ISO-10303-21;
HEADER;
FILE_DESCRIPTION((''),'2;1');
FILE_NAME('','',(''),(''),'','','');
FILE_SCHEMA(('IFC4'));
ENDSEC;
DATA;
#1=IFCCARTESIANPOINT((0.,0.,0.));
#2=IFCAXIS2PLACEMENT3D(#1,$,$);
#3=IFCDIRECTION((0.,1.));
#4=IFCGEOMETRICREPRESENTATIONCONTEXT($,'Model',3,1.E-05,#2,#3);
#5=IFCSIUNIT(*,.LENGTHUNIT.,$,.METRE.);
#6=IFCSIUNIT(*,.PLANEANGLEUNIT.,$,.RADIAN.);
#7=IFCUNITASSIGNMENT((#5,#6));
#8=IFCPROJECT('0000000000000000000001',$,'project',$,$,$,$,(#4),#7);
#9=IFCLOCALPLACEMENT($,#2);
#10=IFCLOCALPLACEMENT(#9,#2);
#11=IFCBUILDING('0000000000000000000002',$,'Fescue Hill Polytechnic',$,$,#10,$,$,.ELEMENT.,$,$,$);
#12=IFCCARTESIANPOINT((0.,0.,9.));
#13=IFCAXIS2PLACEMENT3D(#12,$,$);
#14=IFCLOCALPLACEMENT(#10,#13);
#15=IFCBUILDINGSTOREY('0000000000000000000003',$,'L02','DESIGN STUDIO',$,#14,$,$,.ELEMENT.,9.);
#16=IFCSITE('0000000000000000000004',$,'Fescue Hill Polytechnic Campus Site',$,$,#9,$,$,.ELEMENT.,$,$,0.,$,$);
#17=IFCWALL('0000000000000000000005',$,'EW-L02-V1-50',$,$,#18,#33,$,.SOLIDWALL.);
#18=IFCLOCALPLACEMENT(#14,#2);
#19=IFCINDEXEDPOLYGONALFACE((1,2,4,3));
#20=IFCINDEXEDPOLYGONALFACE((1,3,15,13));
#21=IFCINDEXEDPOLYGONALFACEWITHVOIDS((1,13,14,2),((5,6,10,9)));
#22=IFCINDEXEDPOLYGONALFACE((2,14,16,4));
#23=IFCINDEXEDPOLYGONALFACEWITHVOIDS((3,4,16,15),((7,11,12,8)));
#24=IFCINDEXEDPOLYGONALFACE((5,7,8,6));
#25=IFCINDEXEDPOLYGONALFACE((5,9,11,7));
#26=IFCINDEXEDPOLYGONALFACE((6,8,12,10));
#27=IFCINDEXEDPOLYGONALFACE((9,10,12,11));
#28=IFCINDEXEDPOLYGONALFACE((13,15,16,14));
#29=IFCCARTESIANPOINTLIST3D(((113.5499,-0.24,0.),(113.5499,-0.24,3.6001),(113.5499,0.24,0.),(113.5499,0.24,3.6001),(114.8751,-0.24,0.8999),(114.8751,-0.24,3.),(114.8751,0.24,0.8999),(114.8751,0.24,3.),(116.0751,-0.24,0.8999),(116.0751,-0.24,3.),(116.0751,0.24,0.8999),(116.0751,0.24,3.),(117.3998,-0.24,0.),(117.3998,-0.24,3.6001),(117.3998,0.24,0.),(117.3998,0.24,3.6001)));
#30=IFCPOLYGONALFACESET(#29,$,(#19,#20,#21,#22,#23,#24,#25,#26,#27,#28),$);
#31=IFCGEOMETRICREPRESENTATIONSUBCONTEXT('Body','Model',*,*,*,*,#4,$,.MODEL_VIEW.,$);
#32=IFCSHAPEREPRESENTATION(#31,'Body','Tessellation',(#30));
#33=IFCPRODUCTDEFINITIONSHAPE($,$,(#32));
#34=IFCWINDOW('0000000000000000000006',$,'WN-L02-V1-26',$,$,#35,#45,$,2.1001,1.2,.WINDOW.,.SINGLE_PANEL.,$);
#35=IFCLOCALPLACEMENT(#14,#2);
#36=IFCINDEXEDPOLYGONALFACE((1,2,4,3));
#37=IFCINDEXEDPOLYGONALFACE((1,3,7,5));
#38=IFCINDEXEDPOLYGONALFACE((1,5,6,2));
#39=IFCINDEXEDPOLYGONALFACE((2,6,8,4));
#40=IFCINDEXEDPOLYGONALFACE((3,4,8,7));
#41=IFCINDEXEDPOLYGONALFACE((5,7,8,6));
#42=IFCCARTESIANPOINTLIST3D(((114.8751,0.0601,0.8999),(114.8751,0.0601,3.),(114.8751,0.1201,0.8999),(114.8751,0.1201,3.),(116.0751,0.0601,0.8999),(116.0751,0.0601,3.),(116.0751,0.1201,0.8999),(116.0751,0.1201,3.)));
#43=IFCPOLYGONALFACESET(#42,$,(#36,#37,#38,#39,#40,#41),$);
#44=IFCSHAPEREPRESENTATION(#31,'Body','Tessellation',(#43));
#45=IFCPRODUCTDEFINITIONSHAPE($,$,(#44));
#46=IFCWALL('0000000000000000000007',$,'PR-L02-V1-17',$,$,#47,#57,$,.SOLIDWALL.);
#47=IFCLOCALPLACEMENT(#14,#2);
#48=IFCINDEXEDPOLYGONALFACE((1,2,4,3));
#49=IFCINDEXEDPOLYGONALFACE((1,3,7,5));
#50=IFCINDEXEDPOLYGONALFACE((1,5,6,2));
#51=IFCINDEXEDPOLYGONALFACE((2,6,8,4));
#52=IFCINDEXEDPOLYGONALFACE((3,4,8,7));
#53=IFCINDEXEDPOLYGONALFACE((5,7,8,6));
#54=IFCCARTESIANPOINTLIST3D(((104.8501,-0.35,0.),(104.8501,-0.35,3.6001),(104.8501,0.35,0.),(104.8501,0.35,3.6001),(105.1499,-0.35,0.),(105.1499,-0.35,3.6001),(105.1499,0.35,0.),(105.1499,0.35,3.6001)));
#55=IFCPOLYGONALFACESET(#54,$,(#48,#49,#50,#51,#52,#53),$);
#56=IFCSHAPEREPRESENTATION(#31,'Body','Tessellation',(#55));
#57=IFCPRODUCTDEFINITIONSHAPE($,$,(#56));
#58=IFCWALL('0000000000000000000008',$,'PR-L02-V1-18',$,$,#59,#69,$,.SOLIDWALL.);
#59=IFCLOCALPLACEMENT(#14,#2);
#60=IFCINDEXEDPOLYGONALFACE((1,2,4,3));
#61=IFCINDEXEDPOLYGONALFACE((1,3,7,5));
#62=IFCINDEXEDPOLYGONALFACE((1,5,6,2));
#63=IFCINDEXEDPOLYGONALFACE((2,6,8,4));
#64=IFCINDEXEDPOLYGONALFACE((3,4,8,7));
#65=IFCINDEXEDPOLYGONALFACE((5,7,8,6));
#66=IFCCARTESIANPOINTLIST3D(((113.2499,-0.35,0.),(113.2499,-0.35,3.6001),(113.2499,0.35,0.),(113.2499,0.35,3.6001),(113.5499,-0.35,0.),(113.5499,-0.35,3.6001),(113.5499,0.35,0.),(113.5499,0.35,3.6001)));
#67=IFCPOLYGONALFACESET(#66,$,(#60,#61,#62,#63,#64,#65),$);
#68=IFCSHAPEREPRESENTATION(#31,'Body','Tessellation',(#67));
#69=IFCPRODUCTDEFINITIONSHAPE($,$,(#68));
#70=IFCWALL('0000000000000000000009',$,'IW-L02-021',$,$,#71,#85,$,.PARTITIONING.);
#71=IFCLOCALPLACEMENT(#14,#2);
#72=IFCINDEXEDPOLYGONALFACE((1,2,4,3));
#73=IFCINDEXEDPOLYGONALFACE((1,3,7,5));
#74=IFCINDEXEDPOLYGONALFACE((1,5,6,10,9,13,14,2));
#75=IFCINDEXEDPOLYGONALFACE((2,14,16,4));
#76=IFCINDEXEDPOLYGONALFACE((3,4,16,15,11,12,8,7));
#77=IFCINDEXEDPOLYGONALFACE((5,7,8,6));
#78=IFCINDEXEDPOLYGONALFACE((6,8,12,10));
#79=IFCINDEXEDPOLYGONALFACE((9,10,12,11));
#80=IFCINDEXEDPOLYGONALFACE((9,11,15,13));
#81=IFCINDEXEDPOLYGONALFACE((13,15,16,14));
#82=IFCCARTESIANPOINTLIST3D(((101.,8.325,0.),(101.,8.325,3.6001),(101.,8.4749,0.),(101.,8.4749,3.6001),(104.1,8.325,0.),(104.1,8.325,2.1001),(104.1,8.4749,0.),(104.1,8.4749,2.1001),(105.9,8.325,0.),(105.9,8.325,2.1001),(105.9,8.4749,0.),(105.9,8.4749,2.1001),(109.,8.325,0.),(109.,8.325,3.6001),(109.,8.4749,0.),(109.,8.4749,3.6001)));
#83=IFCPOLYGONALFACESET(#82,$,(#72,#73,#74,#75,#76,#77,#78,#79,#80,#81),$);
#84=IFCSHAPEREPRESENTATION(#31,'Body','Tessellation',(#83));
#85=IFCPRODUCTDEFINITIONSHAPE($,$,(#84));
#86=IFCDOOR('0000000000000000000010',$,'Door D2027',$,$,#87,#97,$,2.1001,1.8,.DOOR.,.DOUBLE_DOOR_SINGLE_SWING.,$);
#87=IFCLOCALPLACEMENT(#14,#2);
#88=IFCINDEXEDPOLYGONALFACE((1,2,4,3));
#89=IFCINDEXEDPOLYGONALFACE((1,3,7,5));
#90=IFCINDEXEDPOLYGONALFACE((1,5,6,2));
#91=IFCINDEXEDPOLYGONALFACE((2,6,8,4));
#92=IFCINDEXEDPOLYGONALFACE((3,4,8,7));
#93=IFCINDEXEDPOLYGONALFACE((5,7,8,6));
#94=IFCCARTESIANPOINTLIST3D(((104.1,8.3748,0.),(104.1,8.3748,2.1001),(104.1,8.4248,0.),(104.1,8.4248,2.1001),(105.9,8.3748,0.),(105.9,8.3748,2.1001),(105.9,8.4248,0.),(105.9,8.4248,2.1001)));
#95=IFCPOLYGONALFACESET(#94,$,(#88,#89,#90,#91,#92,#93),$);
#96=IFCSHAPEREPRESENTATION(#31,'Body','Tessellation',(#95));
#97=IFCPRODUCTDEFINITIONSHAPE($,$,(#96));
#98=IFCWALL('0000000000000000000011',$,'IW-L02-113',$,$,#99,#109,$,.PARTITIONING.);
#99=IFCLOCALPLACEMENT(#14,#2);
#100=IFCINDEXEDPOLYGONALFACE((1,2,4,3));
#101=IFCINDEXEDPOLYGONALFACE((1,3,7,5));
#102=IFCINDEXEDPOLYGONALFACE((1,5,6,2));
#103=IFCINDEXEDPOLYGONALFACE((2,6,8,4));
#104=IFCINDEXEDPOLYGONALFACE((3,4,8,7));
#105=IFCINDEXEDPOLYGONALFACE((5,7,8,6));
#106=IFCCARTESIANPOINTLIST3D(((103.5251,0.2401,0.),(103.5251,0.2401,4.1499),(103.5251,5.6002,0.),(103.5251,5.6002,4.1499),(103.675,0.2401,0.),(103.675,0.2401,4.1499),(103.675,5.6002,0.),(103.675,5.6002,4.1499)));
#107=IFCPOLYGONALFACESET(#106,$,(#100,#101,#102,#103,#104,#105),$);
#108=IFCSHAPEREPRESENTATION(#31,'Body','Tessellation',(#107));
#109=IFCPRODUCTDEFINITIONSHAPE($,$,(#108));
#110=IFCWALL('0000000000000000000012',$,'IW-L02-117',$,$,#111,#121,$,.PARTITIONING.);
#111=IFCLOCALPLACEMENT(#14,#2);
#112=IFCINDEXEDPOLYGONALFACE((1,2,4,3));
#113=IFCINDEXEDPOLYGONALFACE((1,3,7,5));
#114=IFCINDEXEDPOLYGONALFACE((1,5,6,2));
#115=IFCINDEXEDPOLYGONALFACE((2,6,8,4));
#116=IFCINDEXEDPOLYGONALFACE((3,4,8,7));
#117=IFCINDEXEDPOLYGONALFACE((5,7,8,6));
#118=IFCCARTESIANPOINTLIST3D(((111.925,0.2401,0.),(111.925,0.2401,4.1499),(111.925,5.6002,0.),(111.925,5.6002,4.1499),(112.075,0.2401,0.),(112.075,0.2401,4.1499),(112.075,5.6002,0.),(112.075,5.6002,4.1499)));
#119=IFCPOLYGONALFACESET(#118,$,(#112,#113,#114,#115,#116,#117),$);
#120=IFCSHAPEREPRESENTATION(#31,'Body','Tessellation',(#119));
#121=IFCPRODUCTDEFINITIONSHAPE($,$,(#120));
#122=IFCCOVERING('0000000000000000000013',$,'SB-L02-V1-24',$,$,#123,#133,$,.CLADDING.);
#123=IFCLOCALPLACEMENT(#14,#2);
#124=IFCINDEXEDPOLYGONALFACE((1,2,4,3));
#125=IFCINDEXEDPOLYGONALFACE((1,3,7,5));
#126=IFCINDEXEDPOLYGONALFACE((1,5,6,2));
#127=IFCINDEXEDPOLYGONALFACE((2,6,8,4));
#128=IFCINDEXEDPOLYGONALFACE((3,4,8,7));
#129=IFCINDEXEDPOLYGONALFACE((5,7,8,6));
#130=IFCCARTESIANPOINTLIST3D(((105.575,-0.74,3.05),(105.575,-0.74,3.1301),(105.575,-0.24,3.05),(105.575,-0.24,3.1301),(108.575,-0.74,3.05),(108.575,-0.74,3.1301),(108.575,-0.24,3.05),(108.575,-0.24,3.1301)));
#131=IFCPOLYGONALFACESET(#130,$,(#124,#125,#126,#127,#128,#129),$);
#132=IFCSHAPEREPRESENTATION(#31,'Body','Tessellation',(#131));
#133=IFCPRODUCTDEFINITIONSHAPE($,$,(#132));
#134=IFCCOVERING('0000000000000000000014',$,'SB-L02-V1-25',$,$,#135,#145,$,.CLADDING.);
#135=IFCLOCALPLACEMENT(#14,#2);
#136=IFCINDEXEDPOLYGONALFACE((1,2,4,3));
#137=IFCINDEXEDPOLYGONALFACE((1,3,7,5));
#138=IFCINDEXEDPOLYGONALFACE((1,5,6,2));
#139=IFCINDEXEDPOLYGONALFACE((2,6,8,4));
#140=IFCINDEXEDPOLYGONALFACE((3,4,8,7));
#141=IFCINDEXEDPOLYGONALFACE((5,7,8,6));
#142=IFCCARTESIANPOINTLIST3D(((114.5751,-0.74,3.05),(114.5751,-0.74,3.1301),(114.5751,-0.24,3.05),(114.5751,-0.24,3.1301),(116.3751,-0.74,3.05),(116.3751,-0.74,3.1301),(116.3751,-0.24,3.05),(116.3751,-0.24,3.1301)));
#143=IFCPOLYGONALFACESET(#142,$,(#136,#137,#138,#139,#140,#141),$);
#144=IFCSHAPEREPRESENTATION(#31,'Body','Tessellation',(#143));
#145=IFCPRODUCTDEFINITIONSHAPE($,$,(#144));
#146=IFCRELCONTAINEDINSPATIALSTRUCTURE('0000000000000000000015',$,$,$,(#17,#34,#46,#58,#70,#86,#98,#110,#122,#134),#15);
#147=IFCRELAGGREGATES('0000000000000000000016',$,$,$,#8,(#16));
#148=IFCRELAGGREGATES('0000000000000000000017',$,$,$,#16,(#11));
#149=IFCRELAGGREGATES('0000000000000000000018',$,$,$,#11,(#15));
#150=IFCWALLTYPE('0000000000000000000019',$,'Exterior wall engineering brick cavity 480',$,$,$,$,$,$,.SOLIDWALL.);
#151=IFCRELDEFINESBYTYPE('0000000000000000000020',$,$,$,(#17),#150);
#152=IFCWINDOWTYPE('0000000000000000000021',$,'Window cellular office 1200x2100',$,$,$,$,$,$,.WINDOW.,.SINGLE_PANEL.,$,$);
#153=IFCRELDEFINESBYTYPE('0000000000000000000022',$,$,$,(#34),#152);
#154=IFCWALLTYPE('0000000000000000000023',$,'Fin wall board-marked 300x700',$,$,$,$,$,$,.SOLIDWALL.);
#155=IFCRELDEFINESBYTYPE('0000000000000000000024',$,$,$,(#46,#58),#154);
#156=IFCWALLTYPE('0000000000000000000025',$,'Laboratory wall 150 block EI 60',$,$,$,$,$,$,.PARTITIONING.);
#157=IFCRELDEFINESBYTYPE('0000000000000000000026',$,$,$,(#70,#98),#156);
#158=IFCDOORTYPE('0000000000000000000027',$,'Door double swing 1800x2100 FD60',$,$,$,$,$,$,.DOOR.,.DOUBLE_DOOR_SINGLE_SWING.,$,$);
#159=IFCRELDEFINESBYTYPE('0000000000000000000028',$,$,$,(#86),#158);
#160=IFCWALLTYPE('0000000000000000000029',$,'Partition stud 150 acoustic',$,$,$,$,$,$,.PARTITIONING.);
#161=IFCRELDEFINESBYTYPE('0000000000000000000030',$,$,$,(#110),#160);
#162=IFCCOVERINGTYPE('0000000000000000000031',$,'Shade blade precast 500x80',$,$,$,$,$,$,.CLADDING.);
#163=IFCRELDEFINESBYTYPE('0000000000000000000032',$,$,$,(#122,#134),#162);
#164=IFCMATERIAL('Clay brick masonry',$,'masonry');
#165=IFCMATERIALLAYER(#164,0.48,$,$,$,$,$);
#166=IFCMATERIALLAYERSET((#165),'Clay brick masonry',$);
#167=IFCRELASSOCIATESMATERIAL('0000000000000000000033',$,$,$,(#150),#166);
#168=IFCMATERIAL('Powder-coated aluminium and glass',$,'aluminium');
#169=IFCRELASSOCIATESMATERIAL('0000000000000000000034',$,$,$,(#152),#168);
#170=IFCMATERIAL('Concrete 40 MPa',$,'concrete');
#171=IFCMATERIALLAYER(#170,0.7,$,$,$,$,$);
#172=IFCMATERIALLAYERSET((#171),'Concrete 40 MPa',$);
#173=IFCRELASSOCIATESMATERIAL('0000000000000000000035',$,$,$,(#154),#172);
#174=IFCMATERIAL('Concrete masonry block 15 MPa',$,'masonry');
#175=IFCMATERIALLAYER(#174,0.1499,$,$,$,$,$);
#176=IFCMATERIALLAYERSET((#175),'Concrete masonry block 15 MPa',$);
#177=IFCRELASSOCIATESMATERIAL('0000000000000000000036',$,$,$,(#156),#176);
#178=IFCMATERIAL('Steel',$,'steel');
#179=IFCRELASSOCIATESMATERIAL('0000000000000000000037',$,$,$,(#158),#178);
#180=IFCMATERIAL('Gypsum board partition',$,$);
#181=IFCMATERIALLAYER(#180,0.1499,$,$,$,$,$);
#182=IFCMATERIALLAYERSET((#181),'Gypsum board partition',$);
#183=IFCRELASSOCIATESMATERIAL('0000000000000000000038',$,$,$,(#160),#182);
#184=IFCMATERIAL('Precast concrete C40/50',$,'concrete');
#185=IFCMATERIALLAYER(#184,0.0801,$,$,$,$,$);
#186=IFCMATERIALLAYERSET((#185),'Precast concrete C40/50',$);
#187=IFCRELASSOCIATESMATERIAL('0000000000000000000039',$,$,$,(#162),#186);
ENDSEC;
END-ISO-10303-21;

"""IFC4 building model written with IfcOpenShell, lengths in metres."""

from ifc_helpers import new_model, si_unit, direction, frame, frame_2d, origin, origin_2d, place, context, subcontext, project, spatial, rectangle, extrude, material, layer, layer_set, type_object, element, fill, save


model = new_model("IFC4")

# Units and contexts
model_context = context("Model", 3, precision=1e-05, world=origin(), true_north=direction((0.0, 1.0)))
body_context = subcontext(model_context, "Body", "Model", "MODEL_VIEW")
ifc_project = project(units=[si_unit("LENGTHUNIT", "METRE"), si_unit("PLANEANGLEUNIT", "RADIAN")], contexts=[model_context])

# Site, building, storey
site_placement = place(None, origin())
site = spatial("IfcSite", under=ifc_project, at=site_placement, Name="Fescue Hill Polytechnic Campus Site", CompositionType="ELEMENT", RefElevation=0.0)
building_placement = place(site_placement, origin())
building = spatial("IfcBuilding", under=site, at=building_placement, Name="Fescue Hill Polytechnic", CompositionType="ELEMENT")
storey_placement = place(building_placement, frame((0.0, 0.0, 9.0)))
storey = spatial("IfcBuildingStorey", under=building, at=storey_placement, Name="L02", Description="DESIGN STUDIO", CompositionType="ELEMENT", Elevation=9.0)

# Shared definitions
ifc_material_1 = material(Name="Concrete 40 MPa", Category="concrete")

# Shared definitions
ifc_material_2 = material(Name="Gypsum board partition")

# Shared definitions
ifc_material_3 = material(Name="Clay brick masonry", Category="masonry")
ifc_layer_1 = layer(ifc_material_3, 0.48)
ifc_layer_set_1 = layer_set([ifc_layer_1], Name="Clay brick masonry")
wall_type_1 = type_object("IfcWallType", Name="Exterior wall engineering brick cavity 480", PredefinedType="SOLIDWALL", material=ifc_layer_set_1)
ifc_material_4 = material(Name="Powder-coated aluminium and glass", Category="aluminium")

# Wall, opening, window
wall_1_placement = place(storey_placement, frame((113.55, 0.0, 0.0), z_axis=(0.0, 0.0, 1.0), x_axis=(1.0, 0.0, 0.0)))
wall_1 = element("IfcWall", 1, at=wall_1_placement, inside=storey, type_object=wall_type_1, Name="EW-L02-V1-50", PredefinedType="SOLIDWALL", context=body_context, shape_type="SweptSolid", body=[
    extrude(rectangle(XDim=3.8499, YDim=0.48, at=frame_2d((1.9248, 0.0))), origin(), (0.0, 0.0, 1.0), 3.6001),
])
opening_1_placement = place(wall_1_placement, frame((1.325, 0.0, 0.8999)))
opening_1 = element("IfcOpeningElement", 2, at=opening_1_placement, cuts=wall_1, PredefinedType="OPENING", context=body_context, shape_type="SweptSolid", body=[
    extrude(rectangle(XDim=1.2, YDim=2.1001, at=frame_2d((0.6001, 1.05))), frame((0.0, 0.25, 0.0), z_axis=(0.0, -1.0, 0.0), x_axis=(1.0, 0.0, 0.0)), (0.0, 0.0, 1.0), 0.5),
])
window_type_1 = type_object("IfcWindowType", Name="Window cellular office 1200x2100", PartitioningType="SINGLE_PANEL", PredefinedType="WINDOW", material=ifc_material_4)
window_1_placement = place(opening_1_placement, origin())
window_1 = element("IfcWindow", 3, at=window_1_placement, inside=storey, type_object=window_type_1, Name="WN-L02-V1-26", OverallHeight=2.1001, OverallWidth=1.2, PartitioningType="SINGLE_PANEL", PredefinedType="WINDOW", context=body_context, shape_type="SweptSolid", body=[
    extrude(rectangle(XDim=1.2, YDim=2.1001, at=frame_2d((0.6001, 1.05))), frame((0.0, 0.1201, 0.0), z_axis=(0.0, -1.0, 0.0), x_axis=(1.0, 0.0, 0.0)), (0.0, 0.0, 1.0), 0.0601),
])
fill(opening_1, window_1)

# Walls
ifc_layer_2 = layer(ifc_material_1, 0.7)
ifc_layer_set_2 = layer_set([ifc_layer_2], Name="Concrete 40 MPa")
wall_type_2 = type_object("IfcWallType", Name="Fin wall board-marked 300x700", PredefinedType="SOLIDWALL", material=ifc_layer_set_2)
wall_2_placement = place(storey_placement, frame((104.8501, 0.0, 0.0), z_axis=(0.0, 0.0, 1.0), x_axis=(1.0, 0.0, 0.0)))
element("IfcWall", 4, at=wall_2_placement, inside=storey, type_object=wall_type_2, Name="PR-L02-V1-17", PredefinedType="SOLIDWALL", context=body_context, shape_type="SweptSolid", body=[
    extrude(rectangle(XDim=0.2998, YDim=0.7, at=frame_2d((0.1499, 0.0))), origin(), (0.0, 0.0, 1.0), 3.6001),
])
wall_3_placement = place(storey_placement, frame((113.25, 0.0, 0.0), z_axis=(0.0, 0.0, 1.0), x_axis=(1.0, 0.0, 0.0)))
element("IfcWall", 5, at=wall_3_placement, inside=storey, type_object=wall_type_2, Name="PR-L02-V1-18", PredefinedType="SOLIDWALL", context=body_context, shape_type="SweptSolid", body=[
    extrude(rectangle(XDim=0.3, YDim=0.7, at=frame_2d((0.1499, 0.0))), origin(), (0.0, 0.0, 1.0), 3.6001),
])

# Wall, opening, door
ifc_material_5 = material(Name="Concrete masonry block 15 MPa", Category="masonry")
ifc_layer_3 = layer(ifc_material_5, 0.1499)
ifc_layer_set_3 = layer_set([ifc_layer_3], Name="Concrete masonry block 15 MPa")
wall_type_3 = type_object("IfcWallType", Name="Laboratory wall 150 block EI 60", PredefinedType="PARTITIONING", material=ifc_layer_set_3)
wall_4_placement = place(storey_placement, frame((101.0, 8.3999, 0.0), z_axis=(0.0, 0.0, 1.0), x_axis=(1.0, 0.0, 0.0)))
wall_4 = element("IfcWall", 6, at=wall_4_placement, inside=storey, type_object=wall_type_3, Name="IW-L02-021", PredefinedType="PARTITIONING", context=body_context, shape_type="SweptSolid", body=[
    extrude(rectangle(XDim=8.0, YDim=0.1499, at=frame_2d((4.0, 0.0))), origin(), (0.0, 0.0, 1.0), 3.6001),
])
opening_2_placement = place(wall_4_placement, frame((3.1001, 0.0, 0.0)))
opening_2 = element("IfcOpeningElement", 7, at=opening_2_placement, cuts=wall_4, PredefinedType="OPENING", context=body_context, shape_type="SweptSolid", body=[
    extrude(rectangle(XDim=1.8, YDim=2.1001, at=frame_2d((0.8999, 1.05))), frame((0.0, 0.085, 0.0), z_axis=(0.0, -1.0, 0.0), x_axis=(1.0, 0.0, 0.0)), (0.0, 0.0, 1.0), 0.1699),
])
ifc_material_6 = material(Name="Steel", Category="steel")
door_type_1 = type_object("IfcDoorType", Name="Door double swing 1800x2100 FD60", OperationType="DOUBLE_DOOR_SINGLE_SWING", PredefinedType="DOOR", material=ifc_material_6)
door_1_placement = place(opening_2_placement, origin())
door_1 = element("IfcDoor", 8, at=door_1_placement, inside=storey, type_object=door_type_1, Name="Door D2027", OperationType="DOUBLE_DOOR_SINGLE_SWING", OverallHeight=2.1001, OverallWidth=1.8, PredefinedType="DOOR", context=body_context, shape_type="SweptSolid", body=[
    extrude(rectangle(XDim=1.8, YDim=2.1001, at=frame_2d((0.8999, 1.05))), frame((0.0, 0.0249, 0.0), z_axis=(0.0, -1.0, 0.0), x_axis=(1.0, 0.0, 0.0)), (0.0, 0.0, 1.0), 0.05),
])
fill(opening_2, door_1)

# Walls
wall_5_placement = place(storey_placement, frame((103.6001, 0.24, 0.0), z_axis=(0.0, 0.0, 1.0), x_axis=(0.0, 1.0, 0.0)))
element("IfcWall", 9, at=wall_5_placement, inside=storey, type_object=wall_type_3, Name="IW-L02-113", PredefinedType="PARTITIONING", context=body_context, shape_type="SweptSolid", body=[
    extrude(rectangle(XDim=5.3601, YDim=0.1499, at=frame_2d((2.6802, 0.0))), origin(), (0.0, 0.0, 1.0), 4.1499),
])
ifc_layer_4 = layer(ifc_material_2, 0.1499)
ifc_layer_set_4 = layer_set([ifc_layer_4], Name="Gypsum board partition")
wall_type_4 = type_object("IfcWallType", Name="Partition stud 150 acoustic", PredefinedType="PARTITIONING", material=ifc_layer_set_4)
wall_6_placement = place(storey_placement, frame((112.0, 0.24, 0.0), z_axis=(0.0, 0.0, 1.0), x_axis=(0.0, 1.0, 0.0)))
element("IfcWall", 10, at=wall_6_placement, inside=storey, type_object=wall_type_4, Name="IW-L02-117", PredefinedType="PARTITIONING", context=body_context, shape_type="SweptSolid", body=[
    extrude(rectangle(XDim=5.3601, YDim=0.1499, at=frame_2d((2.6802, 0.0))), origin(), (0.0, 0.0, 1.0), 4.1499),
])

# Coverings
ifc_material_7 = material(Name="Precast concrete C40/50", Category="concrete")
ifc_layer_5 = layer(ifc_material_7, 0.0801)
ifc_layer_set_5 = layer_set([ifc_layer_5], Name="Precast concrete C40/50")
covering_type = type_object("IfcCoveringType", Name="Shade blade precast 500x80", PredefinedType="CLADDING", material=ifc_layer_set_5)
covering_1_placement = place(storey_placement, frame((107.075, -0.49, 3.05), z_axis=(0.0, 0.0, 1.0), x_axis=(1.0, 0.0, 0.0)))
element("IfcCovering", 11, at=covering_1_placement, inside=storey, type_object=covering_type, Name="SB-L02-V1-24", PredefinedType="CLADDING", context=body_context, shape_type="SweptSolid", body=[
    extrude(rectangle(XDim=3.0, YDim=0.5, at=origin_2d()), origin(), (0.0, 0.0, 1.0), 0.0801),
])
covering_2_placement = place(storey_placement, frame((115.4751, -0.49, 3.05), z_axis=(0.0, 0.0, 1.0), x_axis=(1.0, 0.0, 0.0)))
element("IfcCovering", 12, at=covering_2_placement, inside=storey, type_object=covering_type, Name="SB-L02-V1-25", PredefinedType="CLADDING", context=body_context, shape_type="SweptSolid", body=[
    extrude(rectangle(XDim=1.8, YDim=0.5, at=origin_2d()), origin(), (0.0, 0.0, 1.0), 0.0801),
])

save(model, "model.ifc")
